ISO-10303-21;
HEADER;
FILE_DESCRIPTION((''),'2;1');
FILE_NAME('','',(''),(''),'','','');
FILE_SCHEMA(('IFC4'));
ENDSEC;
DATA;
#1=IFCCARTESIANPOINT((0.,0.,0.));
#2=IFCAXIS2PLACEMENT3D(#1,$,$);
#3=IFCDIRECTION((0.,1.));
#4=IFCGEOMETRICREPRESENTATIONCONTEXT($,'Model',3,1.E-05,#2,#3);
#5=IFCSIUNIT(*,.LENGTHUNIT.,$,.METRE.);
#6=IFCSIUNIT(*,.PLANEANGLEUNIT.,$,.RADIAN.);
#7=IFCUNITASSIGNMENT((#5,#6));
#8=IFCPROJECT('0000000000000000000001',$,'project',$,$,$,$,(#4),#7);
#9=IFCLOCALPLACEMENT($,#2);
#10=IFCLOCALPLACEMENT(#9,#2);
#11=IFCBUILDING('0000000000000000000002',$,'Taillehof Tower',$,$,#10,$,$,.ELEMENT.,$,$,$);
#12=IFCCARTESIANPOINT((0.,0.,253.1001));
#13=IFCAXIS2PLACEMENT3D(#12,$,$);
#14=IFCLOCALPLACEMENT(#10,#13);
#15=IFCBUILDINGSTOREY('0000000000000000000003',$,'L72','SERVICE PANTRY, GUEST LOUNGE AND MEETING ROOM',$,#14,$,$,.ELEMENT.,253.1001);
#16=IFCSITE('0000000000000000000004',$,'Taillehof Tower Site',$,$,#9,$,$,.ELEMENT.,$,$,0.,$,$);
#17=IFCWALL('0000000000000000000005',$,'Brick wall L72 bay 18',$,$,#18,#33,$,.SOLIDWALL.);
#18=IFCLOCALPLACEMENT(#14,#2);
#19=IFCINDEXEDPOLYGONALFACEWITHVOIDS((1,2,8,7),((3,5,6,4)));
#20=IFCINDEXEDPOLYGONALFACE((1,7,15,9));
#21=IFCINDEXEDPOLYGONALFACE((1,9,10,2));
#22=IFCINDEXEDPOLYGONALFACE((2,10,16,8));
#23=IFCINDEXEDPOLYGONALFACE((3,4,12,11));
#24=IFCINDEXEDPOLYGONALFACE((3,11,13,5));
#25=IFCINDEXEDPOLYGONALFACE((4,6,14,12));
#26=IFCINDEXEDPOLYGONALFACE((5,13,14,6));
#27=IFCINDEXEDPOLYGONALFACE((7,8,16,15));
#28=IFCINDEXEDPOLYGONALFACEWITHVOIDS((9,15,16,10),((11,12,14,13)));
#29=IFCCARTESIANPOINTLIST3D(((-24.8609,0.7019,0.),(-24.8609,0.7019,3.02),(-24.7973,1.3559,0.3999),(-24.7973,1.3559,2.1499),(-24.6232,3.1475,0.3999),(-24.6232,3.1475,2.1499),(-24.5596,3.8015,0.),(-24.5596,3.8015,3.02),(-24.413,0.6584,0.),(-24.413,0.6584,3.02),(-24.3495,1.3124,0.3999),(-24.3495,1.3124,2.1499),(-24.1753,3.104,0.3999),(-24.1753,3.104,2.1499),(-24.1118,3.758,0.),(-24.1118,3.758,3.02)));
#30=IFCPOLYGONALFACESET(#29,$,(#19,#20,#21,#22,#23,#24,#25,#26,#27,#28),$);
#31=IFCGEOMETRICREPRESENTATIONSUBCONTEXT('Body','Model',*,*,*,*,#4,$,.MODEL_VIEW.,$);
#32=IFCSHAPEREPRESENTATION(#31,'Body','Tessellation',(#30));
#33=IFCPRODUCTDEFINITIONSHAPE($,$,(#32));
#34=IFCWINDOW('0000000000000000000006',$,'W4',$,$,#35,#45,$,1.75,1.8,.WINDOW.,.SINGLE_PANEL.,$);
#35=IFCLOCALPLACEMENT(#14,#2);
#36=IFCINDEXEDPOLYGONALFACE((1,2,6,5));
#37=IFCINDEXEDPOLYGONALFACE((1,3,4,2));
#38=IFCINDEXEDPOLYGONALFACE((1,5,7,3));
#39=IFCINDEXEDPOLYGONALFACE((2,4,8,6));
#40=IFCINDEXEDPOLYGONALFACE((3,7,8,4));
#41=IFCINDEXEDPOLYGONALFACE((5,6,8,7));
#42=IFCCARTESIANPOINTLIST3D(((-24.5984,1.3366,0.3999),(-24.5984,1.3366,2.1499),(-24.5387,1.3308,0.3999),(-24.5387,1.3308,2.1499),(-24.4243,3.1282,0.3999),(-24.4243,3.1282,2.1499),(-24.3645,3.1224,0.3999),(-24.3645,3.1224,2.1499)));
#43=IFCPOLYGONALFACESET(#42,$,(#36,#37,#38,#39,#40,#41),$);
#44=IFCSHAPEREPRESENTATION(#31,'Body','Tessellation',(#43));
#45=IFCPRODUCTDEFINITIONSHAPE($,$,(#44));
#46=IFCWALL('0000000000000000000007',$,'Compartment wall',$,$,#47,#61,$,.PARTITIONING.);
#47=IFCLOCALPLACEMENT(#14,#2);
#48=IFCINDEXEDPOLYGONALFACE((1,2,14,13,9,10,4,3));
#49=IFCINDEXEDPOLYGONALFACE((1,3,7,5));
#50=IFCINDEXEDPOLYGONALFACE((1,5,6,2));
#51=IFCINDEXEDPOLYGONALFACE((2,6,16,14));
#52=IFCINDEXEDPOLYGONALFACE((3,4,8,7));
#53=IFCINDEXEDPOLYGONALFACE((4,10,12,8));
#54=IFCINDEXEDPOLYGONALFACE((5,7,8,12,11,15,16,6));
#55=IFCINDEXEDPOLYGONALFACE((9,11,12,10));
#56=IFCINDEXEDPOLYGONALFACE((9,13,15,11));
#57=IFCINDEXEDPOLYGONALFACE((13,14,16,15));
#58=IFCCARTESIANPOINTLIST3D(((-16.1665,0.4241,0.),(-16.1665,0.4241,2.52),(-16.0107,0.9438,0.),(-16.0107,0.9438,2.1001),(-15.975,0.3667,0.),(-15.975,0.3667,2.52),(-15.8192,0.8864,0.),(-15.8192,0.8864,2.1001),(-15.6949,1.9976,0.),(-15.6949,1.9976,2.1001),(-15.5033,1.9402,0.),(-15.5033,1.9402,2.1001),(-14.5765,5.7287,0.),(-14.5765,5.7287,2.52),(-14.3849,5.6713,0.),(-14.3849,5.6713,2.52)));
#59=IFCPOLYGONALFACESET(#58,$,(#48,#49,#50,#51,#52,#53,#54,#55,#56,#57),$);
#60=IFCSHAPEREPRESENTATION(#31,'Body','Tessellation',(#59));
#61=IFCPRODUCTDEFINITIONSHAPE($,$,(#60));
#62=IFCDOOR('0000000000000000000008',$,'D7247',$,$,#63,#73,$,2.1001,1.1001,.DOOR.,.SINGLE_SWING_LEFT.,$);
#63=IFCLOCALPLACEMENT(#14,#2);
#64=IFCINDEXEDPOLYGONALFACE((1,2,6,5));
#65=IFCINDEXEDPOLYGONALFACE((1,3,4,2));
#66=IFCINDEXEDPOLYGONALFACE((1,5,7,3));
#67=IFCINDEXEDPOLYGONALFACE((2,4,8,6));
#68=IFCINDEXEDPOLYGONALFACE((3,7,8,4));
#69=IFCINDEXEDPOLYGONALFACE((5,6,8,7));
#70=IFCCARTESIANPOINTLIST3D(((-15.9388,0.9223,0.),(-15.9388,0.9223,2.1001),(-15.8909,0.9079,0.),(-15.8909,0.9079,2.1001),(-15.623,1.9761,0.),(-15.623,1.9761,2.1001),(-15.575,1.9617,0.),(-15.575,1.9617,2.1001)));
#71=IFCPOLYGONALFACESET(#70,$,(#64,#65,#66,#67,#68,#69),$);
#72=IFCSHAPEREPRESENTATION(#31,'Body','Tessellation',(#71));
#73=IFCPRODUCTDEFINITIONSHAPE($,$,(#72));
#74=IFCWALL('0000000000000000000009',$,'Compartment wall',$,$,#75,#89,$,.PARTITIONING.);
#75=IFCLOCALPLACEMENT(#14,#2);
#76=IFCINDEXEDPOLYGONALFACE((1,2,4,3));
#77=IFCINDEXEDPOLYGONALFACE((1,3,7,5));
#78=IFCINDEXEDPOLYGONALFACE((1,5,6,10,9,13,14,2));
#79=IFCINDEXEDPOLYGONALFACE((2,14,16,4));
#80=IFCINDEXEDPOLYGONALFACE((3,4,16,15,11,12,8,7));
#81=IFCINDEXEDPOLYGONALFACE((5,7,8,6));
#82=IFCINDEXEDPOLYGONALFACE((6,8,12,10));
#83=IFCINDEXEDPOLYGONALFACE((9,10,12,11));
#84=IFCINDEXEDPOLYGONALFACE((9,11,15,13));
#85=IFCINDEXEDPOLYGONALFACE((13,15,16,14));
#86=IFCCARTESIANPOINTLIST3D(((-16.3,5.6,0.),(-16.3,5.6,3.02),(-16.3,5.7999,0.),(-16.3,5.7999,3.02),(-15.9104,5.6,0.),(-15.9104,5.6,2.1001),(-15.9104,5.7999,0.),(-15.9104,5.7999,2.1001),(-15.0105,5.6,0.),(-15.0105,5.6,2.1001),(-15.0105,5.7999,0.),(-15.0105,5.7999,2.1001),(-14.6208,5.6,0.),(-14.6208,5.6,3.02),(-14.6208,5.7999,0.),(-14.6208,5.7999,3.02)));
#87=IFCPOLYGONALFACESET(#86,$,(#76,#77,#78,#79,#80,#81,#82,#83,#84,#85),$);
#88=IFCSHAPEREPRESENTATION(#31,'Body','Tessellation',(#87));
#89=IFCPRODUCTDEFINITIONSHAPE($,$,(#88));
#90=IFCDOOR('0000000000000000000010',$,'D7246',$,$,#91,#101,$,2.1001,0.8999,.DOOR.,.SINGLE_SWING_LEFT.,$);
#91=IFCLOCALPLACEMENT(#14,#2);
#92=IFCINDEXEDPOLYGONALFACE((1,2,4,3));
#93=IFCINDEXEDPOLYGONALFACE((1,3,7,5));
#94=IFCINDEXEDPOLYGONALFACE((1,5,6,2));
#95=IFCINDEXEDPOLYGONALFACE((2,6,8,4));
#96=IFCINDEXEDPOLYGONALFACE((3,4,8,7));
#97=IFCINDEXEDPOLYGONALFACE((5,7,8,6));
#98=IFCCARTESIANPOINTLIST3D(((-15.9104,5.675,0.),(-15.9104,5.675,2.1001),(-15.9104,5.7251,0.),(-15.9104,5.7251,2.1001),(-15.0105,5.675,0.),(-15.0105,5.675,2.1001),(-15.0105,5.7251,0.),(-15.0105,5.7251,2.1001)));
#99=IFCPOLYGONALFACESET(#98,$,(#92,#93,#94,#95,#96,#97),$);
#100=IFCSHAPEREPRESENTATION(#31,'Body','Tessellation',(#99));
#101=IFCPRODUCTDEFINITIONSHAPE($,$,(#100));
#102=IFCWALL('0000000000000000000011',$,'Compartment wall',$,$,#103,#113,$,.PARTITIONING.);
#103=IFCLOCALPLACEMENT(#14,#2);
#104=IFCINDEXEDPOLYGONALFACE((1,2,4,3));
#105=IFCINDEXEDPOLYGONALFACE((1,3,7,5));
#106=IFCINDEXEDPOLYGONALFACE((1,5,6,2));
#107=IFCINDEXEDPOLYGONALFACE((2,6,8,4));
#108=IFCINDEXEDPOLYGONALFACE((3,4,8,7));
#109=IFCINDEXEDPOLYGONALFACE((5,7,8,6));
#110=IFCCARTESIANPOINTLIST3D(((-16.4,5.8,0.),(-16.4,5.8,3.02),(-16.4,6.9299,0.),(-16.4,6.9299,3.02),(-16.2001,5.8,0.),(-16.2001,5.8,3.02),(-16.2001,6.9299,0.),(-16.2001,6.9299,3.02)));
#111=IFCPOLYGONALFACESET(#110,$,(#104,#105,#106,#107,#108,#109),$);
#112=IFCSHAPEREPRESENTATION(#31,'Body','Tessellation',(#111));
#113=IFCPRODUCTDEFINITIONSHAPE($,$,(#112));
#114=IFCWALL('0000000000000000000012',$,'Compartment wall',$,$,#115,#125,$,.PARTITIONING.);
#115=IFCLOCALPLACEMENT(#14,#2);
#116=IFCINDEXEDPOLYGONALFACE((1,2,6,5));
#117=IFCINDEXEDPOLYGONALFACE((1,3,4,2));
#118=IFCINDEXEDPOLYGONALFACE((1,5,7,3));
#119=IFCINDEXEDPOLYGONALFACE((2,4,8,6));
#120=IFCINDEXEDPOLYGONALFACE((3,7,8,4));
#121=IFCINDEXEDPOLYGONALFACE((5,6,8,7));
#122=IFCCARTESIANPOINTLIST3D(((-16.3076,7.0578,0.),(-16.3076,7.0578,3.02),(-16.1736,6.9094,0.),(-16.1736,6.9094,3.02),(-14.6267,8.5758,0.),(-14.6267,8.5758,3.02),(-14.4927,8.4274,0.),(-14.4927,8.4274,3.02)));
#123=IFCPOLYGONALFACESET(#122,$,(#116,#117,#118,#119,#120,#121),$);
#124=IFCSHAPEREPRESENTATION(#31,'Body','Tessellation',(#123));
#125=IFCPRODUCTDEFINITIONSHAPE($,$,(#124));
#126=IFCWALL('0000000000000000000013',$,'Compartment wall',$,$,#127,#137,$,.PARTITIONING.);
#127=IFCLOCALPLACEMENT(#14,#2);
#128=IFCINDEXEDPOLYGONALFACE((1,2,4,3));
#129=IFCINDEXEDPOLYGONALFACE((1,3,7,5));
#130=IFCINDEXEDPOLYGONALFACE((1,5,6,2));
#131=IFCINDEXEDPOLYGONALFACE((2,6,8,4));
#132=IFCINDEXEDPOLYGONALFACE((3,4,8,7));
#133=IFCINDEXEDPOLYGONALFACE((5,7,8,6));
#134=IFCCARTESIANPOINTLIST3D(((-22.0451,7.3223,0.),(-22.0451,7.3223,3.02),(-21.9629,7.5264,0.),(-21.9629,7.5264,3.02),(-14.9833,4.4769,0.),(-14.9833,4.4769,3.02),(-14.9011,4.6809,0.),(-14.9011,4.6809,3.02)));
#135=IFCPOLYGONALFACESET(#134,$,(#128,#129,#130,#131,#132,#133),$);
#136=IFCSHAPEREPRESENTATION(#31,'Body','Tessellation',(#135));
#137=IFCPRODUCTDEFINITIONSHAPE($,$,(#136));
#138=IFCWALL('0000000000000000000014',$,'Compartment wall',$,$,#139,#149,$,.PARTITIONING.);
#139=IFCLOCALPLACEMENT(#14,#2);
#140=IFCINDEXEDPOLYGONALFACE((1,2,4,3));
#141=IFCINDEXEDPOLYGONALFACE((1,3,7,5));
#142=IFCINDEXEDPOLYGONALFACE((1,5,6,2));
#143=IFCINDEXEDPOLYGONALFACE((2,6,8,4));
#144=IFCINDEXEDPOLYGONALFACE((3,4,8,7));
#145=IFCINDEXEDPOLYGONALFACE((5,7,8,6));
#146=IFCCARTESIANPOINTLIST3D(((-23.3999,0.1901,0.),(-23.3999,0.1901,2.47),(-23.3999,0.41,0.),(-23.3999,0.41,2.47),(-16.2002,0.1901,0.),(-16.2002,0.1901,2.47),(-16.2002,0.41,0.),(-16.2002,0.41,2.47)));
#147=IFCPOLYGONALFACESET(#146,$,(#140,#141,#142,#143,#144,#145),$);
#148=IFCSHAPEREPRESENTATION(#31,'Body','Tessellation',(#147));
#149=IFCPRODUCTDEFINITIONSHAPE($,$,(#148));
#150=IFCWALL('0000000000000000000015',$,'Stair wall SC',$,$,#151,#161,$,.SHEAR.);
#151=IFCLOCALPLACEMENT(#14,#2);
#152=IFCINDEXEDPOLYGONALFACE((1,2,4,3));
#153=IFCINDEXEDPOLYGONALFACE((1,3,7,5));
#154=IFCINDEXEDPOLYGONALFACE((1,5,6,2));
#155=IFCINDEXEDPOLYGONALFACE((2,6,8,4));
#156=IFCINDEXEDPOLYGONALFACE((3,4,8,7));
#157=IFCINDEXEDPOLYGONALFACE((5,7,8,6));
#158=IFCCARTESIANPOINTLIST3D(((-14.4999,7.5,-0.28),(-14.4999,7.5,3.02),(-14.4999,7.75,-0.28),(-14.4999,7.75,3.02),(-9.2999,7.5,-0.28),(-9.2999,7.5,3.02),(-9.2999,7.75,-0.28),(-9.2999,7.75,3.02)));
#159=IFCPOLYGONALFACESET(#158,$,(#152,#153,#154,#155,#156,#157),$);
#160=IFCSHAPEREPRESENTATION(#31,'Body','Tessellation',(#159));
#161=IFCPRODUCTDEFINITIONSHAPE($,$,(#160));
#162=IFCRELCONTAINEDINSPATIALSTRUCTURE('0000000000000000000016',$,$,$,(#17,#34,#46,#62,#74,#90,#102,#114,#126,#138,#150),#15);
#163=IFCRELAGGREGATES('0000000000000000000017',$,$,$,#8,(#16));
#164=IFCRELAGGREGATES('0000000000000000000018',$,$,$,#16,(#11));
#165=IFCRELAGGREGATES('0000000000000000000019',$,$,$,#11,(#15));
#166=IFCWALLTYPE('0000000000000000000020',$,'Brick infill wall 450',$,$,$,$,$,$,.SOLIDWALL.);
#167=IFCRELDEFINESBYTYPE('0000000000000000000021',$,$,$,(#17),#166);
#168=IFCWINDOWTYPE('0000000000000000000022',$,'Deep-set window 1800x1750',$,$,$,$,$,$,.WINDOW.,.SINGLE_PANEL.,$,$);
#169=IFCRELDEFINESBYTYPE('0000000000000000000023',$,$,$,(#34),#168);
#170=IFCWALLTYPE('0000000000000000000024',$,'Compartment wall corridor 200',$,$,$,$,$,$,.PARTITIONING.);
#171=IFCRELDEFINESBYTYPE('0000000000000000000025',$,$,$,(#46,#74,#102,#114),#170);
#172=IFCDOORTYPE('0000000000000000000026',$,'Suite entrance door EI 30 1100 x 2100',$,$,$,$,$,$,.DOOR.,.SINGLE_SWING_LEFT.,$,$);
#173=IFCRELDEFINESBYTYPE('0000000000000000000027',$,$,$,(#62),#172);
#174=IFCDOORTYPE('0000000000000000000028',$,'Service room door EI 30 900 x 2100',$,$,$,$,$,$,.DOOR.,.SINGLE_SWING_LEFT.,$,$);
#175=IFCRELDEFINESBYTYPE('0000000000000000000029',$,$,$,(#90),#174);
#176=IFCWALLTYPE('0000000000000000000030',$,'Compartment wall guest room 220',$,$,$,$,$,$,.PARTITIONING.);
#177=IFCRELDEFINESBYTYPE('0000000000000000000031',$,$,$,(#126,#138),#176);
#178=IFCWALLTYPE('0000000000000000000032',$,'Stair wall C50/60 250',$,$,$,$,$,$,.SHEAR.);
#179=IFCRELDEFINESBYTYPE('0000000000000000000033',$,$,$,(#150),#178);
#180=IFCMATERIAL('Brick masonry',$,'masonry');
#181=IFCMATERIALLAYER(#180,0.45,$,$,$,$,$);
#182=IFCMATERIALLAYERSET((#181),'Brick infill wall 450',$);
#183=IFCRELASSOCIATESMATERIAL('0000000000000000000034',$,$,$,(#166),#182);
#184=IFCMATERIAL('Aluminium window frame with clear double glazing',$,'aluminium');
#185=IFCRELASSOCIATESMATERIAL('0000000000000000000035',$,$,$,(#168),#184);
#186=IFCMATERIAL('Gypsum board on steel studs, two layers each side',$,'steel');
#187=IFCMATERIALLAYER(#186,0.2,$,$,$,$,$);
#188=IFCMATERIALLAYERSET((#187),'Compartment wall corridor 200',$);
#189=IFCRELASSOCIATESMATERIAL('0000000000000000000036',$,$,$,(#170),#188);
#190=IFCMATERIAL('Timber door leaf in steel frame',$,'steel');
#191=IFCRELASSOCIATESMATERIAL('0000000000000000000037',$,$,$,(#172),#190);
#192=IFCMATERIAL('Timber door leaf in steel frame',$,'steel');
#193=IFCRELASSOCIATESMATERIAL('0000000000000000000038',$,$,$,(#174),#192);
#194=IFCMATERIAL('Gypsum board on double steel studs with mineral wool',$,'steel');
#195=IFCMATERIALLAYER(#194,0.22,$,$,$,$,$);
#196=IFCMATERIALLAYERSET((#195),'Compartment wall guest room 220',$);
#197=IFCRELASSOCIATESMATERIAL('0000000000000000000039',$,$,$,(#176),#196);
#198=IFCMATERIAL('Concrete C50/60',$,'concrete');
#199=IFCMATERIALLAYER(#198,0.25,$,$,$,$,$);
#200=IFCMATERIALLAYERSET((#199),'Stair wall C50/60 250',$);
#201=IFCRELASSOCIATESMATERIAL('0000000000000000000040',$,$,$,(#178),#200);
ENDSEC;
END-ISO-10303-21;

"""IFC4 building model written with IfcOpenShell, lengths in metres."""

from ifc_helpers import new_model, si_unit, direction, frame, frame_2d, origin, place, context, subcontext, project, spatial, rectangle, extrude, material, layer, layer_set, type_object, element, fill, save


model = new_model("IFC4")

# Units and contexts
model_context = context("Model", 3, precision=1e-05, world=origin(), true_north=direction((0.0, 1.0)))
body_context = subcontext(model_context, "Body", "Model", "MODEL_VIEW")
ifc_project = project(units=[si_unit("LENGTHUNIT", "METRE"), si_unit("PLANEANGLEUNIT", "RADIAN")], contexts=[model_context])

# Site, building, storey
site_placement = place(None, origin())
site = spatial("IfcSite", under=ifc_project, at=site_placement, Name="Taillehof Tower Site", CompositionType="ELEMENT", RefElevation=0.0)
building_placement = place(site_placement, origin())
building = spatial("IfcBuilding", under=site, at=building_placement, Name="Taillehof Tower", CompositionType="ELEMENT")
storey_placement = place(building_placement, frame((0.0, 0.0, 253.1001)))
storey = spatial("IfcBuildingStorey", under=building, at=storey_placement, Name="L72", Description="SERVICE PANTRY, GUEST LOUNGE AND MEETING ROOM", CompositionType="ELEMENT", Elevation=253.1001)

# Wall, opening, window
ifc_material_1 = material(Name="Brick masonry", Category="masonry")
ifc_layer_1 = layer(ifc_material_1, 0.45)
ifc_layer_set_1 = layer_set([ifc_layer_1], Name="Brick infill wall 450")
wall_type_1 = type_object("IfcWallType", Name="Brick infill wall 450", PredefinedType="SOLIDWALL", material=ifc_layer_set_1)
ifc_material_2 = material(Name="Aluminium window frame with clear double glazing", Category="aluminium")
window_type = type_object("IfcWindowType", Name="Deep-set window 1800x1750", PartitioningType="SINGLE_PANEL", PredefinedType="WINDOW", material=ifc_material_2)
wall_1_placement = place(storey_placement, frame((-24.3357, 3.7798, 0.0), z_axis=(0.0, 0.0, 1.0), x_axis=(-0.09674, -0.99531, 0.0)))
wall_1 = element("IfcWall", 1, at=wall_1_placement, inside=storey, type_object=wall_type_1, Name="Brick wall L72 bay 18", PredefinedType="SOLIDWALL", context=body_context, shape_type="SweptSolid", body=[
    extrude(rectangle(XDim=3.1143, YDim=0.45, at=frame_2d((1.5571, 0.0))), origin(), (0.0, 0.0, 1.0), 3.02),
])
opening_1_placement = place(wall_1_placement, frame((0.6572, 0.0, 0.3999)))
opening_1 = element("IfcOpeningElement", 2, at=opening_1_placement, cuts=wall_1, PredefinedType="OPENING", context=body_context, shape_type="SweptSolid", body=[
    extrude(rectangle(XDim=1.8, YDim=1.75, at=frame_2d((0.8999, 0.875))), frame((0.0, 0.2349, 0.0), z_axis=(0.0, -1.0, 0.0), x_axis=(1.0, 0.0, 0.0)), (0.0, 0.0, 1.0), 0.47),
])
window_1_placement = place(opening_1_placement, origin())
window_1 = element("IfcWindow", 3, at=window_1_placement, inside=storey, type_object=window_type, Name="W4", OverallHeight=1.75, OverallWidth=1.8, PartitioningType="SINGLE_PANEL", PredefinedType="WINDOW", context=body_context, shape_type="SweptSolid", body=[
    extrude(rectangle(XDim=1.8, YDim=1.75, at=frame_2d((0.8999, 0.875))), frame((0.0, 0.0349, 0.0), z_axis=(0.0, -1.0, 0.0), x_axis=(1.0, 0.0, 0.0)), (0.0, 0.0, 1.0), 0.0601),
])
fill(opening_1, window_1)

# Walls, openings, doors
ifc_material_3 = material(Name="Gypsum board on steel studs, two layers each side", Category="steel")
ifc_layer_2 = layer(ifc_material_3, 0.2)
ifc_layer_set_2 = layer_set([ifc_layer_2], Name="Compartment wall corridor 200")
wall_type_2 = type_object("IfcWallType", Name="Compartment wall corridor 200", PredefinedType="PARTITIONING", material=ifc_layer_set_2)
wall_2_placement = place(storey_placement, frame((-16.0708, 0.3953, 0.0), z_axis=(0.0, 0.0, 1.0), x_axis=(0.287129, 0.957892, 0.0)))
wall_2 = element("IfcWall", 4, at=wall_2_placement, inside=storey, type_object=wall_type_2, Name="Compartment wall", PredefinedType="PARTITIONING", context=body_context, shape_type="SweptSolid", body=[
    extrude(rectangle(XDim=5.5378, YDim=0.2, at=frame_2d((2.769, 0.0))), origin(), (0.0, 0.0, 1.0), 2.52),
])
opening_2_placement = place(wall_2_placement, frame((0.5427, 0.0, 0.0)))
opening_2 = element("IfcOpeningElement", 5, at=opening_2_placement, cuts=wall_2, PredefinedType="OPENING", context=body_context, shape_type="SweptSolid", body=[
    extrude(rectangle(XDim=1.1001, YDim=2.1001, at=frame_2d((0.55, 1.05))), frame((0.0, 0.1099, 0.0), z_axis=(0.0, -1.0, 0.0), x_axis=(1.0, 0.0, 0.0)), (0.0, 0.0, 1.0), 0.22),
])
ifc_material_4 = material(Name="Timber door leaf in steel frame", Category="steel")
door_type_1 = type_object("IfcDoorType", Name="Suite entrance door EI 30 1100 x 2100", OperationType="SINGLE_SWING_LEFT", PredefinedType="DOOR", material=ifc_material_4)
door_1_placement = place(opening_2_placement, origin())
door_1 = element("IfcDoor", 6, at=door_1_placement, inside=storey, type_object=door_type_1, Name="D7247", OperationType="SINGLE_SWING_LEFT", OverallHeight=2.1001, OverallWidth=1.1001, PredefinedType="DOOR", context=body_context, shape_type="SweptSolid", body=[
    extrude(rectangle(XDim=1.1001, YDim=2.1001, at=frame_2d((0.55, 1.05))), frame((0.0, 0.0249, 0.0), z_axis=(0.0, -1.0, 0.0), x_axis=(1.0, 0.0, 0.0)), (0.0, 0.0, 1.0), 0.05),
])
fill(opening_2, door_1)
wall_3_placement = place(storey_placement, frame((-14.6208, 5.7, 0.0), z_axis=(0.0, 0.0, 1.0), x_axis=(-1.0, 0.0, 0.0)))
wall_3 = element("IfcWall", 7, at=wall_3_placement, inside=storey, type_object=wall_type_2, Name="Compartment wall", PredefinedType="PARTITIONING", context=body_context, shape_type="SweptSolid", body=[
    extrude(rectangle(XDim=1.6792, YDim=0.2, at=frame_2d((0.8396, 0.0))), origin(), (0.0, 0.0, 1.0), 3.02),
])
opening_3_placement = place(wall_3_placement, frame((0.3896, 0.0, 0.0)))
opening_3 = element("IfcOpeningElement", 8, at=opening_3_placement, cuts=wall_3, PredefinedType="OPENING", context=body_context, shape_type="SweptSolid", body=[
    extrude(rectangle(XDim=0.8999, YDim=2.1001, at=frame_2d((0.45, 1.05))), frame((0.0, 0.1099, 0.0), z_axis=(0.0, -1.0, 0.0), x_axis=(1.0, 0.0, 0.0)), (0.0, 0.0, 1.0), 0.22),
])
ifc_material_5 = material(Name="Timber door leaf in steel frame", Category="steel")
door_type_2 = type_object("IfcDoorType", Name="Service room door EI 30 900 x 2100", OperationType="SINGLE_SWING_LEFT", PredefinedType="DOOR", material=ifc_material_5)
door_2_placement = place(opening_3_placement, origin())
door_2 = element("IfcDoor", 9, at=door_2_placement, inside=storey, type_object=door_type_2, Name="D7246", OperationType="SINGLE_SWING_LEFT", OverallHeight=2.1001, OverallWidth=0.8999, PredefinedType="DOOR", context=body_context, shape_type="SweptSolid", body=[
    extrude(rectangle(XDim=0.8999, YDim=2.1001, at=frame_2d((0.45, 1.05))), frame((0.0, 0.0249, 0.0), z_axis=(0.0, -1.0, 0.0), x_axis=(1.0, 0.0, 0.0)), (0.0, 0.0, 1.0), 0.05),
])
fill(opening_3, door_2)

# Walls
wall_4_placement = place(storey_placement, frame((-16.3, 5.8, 0.0), z_axis=(0.0, 0.0, 1.0), x_axis=(0.0, 1.0, 0.0)))
element("IfcWall", 10, at=wall_4_placement, inside=storey, type_object=wall_type_2, Name="Compartment wall", PredefinedType="PARTITIONING", context=body_context, shape_type="SweptSolid", body=[
    extrude(rectangle(XDim=1.1299, YDim=0.2, at=frame_2d((0.5649, 0.0))), origin(), (0.0, 0.0, 1.0), 3.02),
])
wall_5_placement = place(storey_placement, frame((-16.2405, 6.9836, 0.0), z_axis=(0.0, 0.0, 1.0), x_axis=(0.742141, 0.670244, 0.0)))
element("IfcWall", 11, at=wall_5_placement, inside=storey, type_object=wall_type_2, Name="Compartment wall", PredefinedType="PARTITIONING", context=body_context, shape_type="SweptSolid", body=[
    extrude(rectangle(XDim=2.2649, YDim=0.2, at=frame_2d((1.1323, 0.0))), origin(), (0.0, 0.0, 1.0), 3.02),
])
ifc_material_6 = material(Name="Gypsum board on double steel studs with mineral wool", Category="steel")
ifc_layer_3 = layer(ifc_material_6, 0.22)
ifc_layer_set_3 = layer_set([ifc_layer_3], Name="Compartment wall guest room 220")
wall_type_3 = type_object("IfcWallType", Name="Compartment wall guest room 220", PredefinedType="PARTITIONING", material=ifc_layer_set_3)
wall_6_placement = place(storey_placement, frame((-22.0039, 7.4243, 0.0), z_axis=(0.0, 0.0, 1.0), x_axis=(0.927534, -0.373739, 0.0)))
element("IfcWall", 12, at=wall_6_placement, inside=storey, type_object=wall_type_3, Name="Compartment wall", PredefinedType="PARTITIONING", context=body_context, shape_type="SweptSolid", body=[
    extrude(rectangle(XDim=7.6135, YDim=0.22, at=frame_2d((3.8066, 0.0))), origin(), (0.0, 0.0, 1.0), 3.02),
])
wall_7_placement = place(storey_placement, frame((-23.3999, 0.3, 0.0), z_axis=(0.0, 0.0, 1.0), x_axis=(1.0, 0.0, 0.0)))
element("IfcWall", 13, at=wall_7_placement, inside=storey, type_object=wall_type_3, Name="Compartment wall", PredefinedType="PARTITIONING", context=body_context, shape_type="SweptSolid", body=[
    extrude(rectangle(XDim=7.1997, YDim=0.22, at=frame_2d((3.5999, 0.0))), origin(), (0.0, 0.0, 1.0), 2.47),
])
ifc_material_7 = material(Name="Concrete C50/60", Category="concrete")
ifc_layer_4 = layer(ifc_material_7, 0.25)
ifc_layer_set_4 = layer_set([ifc_layer_4], Name="Stair wall C50/60 250")
wall_type_4 = type_object("IfcWallType", Name="Stair wall C50/60 250", PredefinedType="SHEAR", material=ifc_layer_set_4)
wall_8_placement = place(storey_placement, frame((-14.5, 7.625, -0.28), z_axis=(0.0, 0.0, 1.0), x_axis=(1.0, 0.0, 0.0)))
element("IfcWall", 14, at=wall_8_placement, inside=storey, type_object=wall_type_4, Name="Stair wall SC", PredefinedType="SHEAR", context=body_context, shape_type="SweptSolid", body=[
    extrude(rectangle(XDim=5.2, YDim=0.25, at=frame_2d((2.6001, 0.0))), origin(), (0.0, 0.0, 1.0), 3.3),
])

save(model, "model.ifc")
